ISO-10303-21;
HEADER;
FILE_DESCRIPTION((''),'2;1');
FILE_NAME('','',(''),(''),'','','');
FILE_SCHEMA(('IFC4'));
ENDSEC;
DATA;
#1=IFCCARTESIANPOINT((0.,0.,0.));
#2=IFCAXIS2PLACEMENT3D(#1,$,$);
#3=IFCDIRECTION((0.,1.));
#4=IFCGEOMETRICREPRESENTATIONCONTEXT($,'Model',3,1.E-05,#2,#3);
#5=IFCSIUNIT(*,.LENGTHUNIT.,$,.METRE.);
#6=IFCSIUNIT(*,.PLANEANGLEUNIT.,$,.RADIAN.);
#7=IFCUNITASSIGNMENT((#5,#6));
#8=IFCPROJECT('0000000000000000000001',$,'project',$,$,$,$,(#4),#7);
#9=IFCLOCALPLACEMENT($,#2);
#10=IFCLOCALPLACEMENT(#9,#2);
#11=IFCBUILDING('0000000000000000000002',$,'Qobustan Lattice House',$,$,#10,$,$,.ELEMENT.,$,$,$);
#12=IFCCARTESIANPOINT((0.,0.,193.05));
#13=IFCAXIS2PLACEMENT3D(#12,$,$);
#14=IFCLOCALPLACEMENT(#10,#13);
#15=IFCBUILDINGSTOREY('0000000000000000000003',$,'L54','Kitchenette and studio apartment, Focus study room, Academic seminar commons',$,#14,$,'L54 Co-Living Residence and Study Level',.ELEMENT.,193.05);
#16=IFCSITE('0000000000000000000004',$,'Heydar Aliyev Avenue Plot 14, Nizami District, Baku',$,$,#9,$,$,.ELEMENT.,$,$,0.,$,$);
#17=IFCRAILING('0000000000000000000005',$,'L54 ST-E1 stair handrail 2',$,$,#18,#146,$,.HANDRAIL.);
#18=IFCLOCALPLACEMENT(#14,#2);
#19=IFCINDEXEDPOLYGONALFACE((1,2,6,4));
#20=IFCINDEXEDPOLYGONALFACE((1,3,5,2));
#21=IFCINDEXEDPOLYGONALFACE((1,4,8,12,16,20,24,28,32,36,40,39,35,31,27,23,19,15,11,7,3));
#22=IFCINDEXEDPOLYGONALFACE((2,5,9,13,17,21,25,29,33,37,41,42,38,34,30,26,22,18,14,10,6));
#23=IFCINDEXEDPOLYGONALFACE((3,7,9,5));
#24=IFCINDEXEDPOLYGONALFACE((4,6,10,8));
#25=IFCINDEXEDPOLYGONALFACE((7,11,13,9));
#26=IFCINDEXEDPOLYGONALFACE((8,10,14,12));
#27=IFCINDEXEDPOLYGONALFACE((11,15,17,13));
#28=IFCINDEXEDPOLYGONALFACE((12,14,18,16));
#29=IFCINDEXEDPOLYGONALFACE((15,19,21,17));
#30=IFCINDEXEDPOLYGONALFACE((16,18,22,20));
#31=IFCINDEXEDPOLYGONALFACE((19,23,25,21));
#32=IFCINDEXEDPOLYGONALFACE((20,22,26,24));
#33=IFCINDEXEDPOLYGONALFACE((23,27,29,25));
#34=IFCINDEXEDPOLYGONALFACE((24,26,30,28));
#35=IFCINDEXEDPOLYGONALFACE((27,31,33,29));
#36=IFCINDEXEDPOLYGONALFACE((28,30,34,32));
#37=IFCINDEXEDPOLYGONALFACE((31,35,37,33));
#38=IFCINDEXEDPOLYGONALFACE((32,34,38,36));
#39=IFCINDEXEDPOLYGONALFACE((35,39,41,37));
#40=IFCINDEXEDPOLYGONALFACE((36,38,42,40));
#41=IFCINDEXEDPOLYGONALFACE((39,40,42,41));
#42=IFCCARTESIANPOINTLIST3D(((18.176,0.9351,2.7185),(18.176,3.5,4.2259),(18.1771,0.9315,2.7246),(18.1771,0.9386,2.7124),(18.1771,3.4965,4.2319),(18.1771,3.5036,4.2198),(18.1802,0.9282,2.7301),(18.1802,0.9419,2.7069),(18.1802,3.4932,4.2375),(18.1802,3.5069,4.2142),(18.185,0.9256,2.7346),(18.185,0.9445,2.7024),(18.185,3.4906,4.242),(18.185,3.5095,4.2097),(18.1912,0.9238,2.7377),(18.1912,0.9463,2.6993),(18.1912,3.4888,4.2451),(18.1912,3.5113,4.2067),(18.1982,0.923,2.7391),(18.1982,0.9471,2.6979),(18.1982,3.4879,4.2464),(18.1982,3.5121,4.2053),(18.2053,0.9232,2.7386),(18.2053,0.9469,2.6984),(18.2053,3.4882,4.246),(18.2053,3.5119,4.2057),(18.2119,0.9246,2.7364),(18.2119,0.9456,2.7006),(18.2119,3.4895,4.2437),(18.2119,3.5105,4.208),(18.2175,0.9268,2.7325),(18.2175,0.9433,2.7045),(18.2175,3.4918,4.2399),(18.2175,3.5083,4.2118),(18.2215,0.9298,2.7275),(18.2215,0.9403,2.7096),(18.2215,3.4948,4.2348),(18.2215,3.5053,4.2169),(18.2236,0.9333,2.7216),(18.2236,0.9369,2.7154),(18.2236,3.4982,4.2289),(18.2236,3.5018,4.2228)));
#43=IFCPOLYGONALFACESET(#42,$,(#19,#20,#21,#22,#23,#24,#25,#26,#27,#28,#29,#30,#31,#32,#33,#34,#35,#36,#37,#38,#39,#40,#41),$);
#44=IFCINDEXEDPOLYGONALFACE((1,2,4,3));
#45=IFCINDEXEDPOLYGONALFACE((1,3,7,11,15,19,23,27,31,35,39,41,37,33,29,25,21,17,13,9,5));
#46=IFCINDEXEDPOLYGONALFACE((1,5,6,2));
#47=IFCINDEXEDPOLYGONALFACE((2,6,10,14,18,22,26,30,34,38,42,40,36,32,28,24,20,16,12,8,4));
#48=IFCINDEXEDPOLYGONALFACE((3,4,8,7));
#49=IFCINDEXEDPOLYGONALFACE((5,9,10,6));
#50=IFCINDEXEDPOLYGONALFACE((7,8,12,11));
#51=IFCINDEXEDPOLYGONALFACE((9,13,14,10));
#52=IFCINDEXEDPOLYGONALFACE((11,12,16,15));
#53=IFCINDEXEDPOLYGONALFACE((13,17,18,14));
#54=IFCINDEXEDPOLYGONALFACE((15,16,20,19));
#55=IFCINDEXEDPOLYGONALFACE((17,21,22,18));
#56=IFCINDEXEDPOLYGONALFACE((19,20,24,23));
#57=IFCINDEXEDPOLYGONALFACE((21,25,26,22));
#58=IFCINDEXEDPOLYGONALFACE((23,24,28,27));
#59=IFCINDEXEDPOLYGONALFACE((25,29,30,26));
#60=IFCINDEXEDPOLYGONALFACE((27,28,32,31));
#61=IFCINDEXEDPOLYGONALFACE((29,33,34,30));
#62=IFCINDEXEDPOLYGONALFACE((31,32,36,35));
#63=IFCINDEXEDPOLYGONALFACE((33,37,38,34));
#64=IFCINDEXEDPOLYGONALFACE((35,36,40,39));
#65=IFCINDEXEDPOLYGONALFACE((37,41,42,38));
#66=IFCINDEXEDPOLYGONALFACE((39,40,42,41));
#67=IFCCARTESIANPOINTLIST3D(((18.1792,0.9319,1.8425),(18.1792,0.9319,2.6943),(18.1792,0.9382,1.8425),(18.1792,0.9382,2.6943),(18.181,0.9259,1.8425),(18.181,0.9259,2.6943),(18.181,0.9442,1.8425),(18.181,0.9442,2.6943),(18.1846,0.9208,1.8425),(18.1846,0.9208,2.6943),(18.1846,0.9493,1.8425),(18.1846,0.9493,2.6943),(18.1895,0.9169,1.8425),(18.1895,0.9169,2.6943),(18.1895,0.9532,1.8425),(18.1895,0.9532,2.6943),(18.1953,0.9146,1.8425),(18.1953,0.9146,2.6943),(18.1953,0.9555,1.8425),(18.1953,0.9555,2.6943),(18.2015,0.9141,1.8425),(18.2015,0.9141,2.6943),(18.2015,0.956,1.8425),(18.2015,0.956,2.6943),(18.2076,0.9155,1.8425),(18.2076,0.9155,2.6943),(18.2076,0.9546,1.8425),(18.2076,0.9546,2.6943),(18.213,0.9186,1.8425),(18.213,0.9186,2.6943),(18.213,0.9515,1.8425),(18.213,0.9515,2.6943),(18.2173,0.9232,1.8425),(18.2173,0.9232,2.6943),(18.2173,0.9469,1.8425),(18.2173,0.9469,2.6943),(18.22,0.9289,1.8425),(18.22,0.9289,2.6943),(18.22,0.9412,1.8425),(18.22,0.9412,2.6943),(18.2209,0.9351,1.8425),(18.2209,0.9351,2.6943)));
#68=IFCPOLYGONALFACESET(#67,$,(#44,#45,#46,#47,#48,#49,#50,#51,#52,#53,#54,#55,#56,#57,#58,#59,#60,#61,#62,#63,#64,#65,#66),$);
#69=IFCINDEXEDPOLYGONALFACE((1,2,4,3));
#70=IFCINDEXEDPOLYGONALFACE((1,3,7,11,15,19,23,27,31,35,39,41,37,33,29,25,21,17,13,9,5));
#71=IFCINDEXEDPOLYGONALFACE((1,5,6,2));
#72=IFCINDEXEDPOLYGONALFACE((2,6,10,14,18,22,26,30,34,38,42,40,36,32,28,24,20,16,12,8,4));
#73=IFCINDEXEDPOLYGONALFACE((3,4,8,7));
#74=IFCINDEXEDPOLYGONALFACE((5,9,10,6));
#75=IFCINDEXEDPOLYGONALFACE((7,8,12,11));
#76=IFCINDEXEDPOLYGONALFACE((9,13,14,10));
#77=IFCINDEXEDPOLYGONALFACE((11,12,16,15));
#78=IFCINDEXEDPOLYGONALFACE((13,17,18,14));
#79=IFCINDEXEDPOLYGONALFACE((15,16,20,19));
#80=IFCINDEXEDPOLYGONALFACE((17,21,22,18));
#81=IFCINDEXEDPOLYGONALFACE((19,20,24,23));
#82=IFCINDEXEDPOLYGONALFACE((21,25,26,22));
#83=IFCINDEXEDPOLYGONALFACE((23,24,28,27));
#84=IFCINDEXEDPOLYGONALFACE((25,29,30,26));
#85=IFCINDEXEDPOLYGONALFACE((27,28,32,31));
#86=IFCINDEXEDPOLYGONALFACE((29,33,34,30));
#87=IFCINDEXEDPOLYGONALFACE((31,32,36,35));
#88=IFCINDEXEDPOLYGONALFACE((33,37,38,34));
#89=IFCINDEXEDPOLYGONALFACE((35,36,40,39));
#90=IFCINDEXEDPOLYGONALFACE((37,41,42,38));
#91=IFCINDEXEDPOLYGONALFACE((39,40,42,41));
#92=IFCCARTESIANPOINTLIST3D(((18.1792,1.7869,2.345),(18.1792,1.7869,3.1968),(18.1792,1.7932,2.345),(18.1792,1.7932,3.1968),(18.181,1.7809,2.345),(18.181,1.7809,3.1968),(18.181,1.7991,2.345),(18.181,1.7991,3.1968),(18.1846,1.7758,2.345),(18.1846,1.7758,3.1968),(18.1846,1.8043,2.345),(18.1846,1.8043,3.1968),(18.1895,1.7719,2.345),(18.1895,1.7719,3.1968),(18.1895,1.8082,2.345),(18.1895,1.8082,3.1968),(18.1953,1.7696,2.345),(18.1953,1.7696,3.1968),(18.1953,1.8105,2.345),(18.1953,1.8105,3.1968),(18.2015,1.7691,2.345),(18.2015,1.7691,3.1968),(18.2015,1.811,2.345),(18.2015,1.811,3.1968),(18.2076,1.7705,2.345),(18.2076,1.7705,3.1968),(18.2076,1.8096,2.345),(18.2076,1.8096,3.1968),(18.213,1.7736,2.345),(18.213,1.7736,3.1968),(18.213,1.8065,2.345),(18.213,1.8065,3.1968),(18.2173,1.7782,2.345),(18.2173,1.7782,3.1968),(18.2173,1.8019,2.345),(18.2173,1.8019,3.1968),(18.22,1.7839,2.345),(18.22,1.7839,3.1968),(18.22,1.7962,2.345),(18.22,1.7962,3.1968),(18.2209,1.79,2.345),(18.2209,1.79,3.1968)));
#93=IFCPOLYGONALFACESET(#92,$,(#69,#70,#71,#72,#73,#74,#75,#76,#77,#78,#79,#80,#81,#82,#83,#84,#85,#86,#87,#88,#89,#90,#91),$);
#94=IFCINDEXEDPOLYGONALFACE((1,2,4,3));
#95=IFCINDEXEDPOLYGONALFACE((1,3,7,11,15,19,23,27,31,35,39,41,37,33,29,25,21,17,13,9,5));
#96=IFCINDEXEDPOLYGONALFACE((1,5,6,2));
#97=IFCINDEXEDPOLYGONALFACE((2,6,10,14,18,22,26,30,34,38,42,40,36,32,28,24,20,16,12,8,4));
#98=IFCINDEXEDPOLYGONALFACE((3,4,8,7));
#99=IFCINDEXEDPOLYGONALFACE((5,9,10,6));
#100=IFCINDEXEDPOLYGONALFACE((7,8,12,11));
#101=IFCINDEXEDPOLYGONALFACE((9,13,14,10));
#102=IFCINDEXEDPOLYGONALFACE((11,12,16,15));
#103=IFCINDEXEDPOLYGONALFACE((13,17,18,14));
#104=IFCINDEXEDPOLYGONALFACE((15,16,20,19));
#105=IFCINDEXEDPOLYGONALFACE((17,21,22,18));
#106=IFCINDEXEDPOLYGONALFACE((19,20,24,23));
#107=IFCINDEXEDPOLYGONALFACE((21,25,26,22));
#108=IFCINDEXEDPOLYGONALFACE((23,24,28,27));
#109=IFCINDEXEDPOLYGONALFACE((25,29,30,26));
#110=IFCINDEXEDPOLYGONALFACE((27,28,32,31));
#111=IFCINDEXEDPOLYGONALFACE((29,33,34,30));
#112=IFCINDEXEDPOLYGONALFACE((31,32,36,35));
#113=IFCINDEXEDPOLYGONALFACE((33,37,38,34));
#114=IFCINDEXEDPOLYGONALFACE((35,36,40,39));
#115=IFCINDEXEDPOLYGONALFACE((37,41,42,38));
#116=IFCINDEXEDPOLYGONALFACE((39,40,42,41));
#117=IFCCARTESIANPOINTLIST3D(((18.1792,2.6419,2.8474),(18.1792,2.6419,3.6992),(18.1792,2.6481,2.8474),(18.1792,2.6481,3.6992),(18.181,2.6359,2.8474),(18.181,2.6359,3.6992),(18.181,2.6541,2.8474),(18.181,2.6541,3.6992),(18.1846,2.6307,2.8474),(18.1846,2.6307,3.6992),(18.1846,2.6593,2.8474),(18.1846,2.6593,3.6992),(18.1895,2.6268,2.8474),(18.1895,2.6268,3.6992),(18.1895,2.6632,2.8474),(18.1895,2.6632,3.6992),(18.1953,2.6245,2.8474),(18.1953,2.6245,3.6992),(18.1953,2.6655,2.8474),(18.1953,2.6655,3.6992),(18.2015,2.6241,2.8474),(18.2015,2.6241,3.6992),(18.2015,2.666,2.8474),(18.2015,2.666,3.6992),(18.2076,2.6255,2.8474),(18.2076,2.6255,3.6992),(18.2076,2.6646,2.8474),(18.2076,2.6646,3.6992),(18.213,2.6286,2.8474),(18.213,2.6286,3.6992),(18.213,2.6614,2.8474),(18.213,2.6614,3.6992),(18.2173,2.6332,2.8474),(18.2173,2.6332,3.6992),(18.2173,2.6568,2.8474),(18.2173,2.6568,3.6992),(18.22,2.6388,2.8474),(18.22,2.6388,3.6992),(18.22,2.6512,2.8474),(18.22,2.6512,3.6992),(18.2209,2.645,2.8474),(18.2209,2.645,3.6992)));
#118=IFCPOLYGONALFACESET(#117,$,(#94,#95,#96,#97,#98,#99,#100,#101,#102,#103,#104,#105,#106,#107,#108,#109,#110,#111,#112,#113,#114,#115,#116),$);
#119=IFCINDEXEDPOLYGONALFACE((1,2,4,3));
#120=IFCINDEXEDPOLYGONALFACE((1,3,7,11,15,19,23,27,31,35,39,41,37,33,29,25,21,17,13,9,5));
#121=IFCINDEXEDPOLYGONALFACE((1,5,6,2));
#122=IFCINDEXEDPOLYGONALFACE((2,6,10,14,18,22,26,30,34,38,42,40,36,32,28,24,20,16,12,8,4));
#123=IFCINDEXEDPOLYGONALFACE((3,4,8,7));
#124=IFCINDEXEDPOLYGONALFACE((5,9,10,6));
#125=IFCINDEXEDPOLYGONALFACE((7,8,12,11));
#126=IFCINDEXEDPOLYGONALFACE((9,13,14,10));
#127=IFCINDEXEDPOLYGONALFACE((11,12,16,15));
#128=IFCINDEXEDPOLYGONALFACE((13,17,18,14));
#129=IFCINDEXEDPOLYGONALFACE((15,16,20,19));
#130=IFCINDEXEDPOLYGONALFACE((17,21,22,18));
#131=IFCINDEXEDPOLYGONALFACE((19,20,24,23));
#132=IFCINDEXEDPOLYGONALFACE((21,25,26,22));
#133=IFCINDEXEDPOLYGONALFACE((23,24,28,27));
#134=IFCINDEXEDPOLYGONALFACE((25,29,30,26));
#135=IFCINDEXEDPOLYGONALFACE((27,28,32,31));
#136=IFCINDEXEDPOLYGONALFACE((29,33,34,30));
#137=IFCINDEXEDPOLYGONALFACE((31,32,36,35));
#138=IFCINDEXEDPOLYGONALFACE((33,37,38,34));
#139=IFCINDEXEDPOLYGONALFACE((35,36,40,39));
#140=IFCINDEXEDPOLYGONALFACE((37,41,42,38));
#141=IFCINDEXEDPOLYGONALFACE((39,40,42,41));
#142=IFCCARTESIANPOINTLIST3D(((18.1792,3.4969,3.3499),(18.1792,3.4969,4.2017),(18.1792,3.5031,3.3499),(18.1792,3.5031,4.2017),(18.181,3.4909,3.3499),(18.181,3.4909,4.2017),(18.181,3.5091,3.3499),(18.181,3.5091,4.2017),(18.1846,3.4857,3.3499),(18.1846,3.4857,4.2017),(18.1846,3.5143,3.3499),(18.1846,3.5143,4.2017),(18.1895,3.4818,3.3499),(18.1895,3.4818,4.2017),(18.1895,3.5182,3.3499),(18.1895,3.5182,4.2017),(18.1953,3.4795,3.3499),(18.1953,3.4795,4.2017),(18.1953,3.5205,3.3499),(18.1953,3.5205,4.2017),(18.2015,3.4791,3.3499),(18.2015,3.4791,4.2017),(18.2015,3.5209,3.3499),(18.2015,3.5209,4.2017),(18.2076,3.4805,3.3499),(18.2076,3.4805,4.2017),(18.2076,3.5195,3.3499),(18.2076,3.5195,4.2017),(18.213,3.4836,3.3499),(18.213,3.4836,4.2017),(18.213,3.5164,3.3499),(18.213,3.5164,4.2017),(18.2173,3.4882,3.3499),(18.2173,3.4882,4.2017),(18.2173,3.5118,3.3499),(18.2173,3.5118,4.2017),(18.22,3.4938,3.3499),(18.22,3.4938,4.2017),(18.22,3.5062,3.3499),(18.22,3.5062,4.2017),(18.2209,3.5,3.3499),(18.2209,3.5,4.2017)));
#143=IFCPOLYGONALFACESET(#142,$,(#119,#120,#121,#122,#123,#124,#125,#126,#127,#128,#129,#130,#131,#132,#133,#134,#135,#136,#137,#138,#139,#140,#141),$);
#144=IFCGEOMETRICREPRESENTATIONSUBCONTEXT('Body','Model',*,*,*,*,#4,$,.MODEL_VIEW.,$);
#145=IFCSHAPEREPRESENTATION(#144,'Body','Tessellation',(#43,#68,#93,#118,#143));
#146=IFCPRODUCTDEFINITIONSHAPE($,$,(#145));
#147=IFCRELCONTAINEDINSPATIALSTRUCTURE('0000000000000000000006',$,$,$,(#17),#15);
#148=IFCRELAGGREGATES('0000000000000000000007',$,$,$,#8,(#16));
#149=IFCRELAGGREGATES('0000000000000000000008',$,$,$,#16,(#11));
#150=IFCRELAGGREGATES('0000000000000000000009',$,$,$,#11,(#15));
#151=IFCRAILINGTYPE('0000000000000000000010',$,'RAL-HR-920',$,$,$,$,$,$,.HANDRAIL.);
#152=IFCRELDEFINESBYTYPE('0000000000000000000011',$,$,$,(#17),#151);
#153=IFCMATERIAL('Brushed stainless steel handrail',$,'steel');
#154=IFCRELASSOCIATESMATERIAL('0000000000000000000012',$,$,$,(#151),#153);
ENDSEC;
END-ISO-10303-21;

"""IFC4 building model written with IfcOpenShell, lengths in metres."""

from ifc_helpers import new_model, si_unit, direction, frame, origin, origin_2d, place, context, subcontext, project, spatial, circle, extrude, material, type_object, element, save


model = new_model("IFC4")

# Units and contexts
model_context = context("Model", 3, precision=1e-05, world=origin(), true_north=direction((0.0, 1.0)))
body_context = subcontext(model_context, "Body", "Model", "MODEL_VIEW")
ifc_project = project(units=[si_unit("LENGTHUNIT", "METRE"), si_unit("PLANEANGLEUNIT", "RADIAN")], contexts=[model_context])

# Site, building, storey
site_placement = place(None, origin())
site = spatial("IfcSite", under=ifc_project, at=site_placement, Name="Heydar Aliyev Avenue Plot 14, Nizami District, Baku", CompositionType="ELEMENT", RefElevation=0.0)
building_placement = place(site_placement, origin())
building = spatial("IfcBuilding", under=site, at=building_placement, Name="Qobustan Lattice House", CompositionType="ELEMENT")
storey_placement = place(building_placement, frame((0.0, 0.0, 193.05)))
storey = spatial("IfcBuildingStorey", under=building, at=storey_placement, Name="L54", Description="Kitchenette and studio apartment, Focus study room, Academic seminar commons", LongName="L54 Co-Living Residence and Study Level", CompositionType="ELEMENT", Elevation=193.05)

# Railing
ifc_material_1 = material(Name="Brushed stainless steel handrail", Category="steel")
railing_type_1 = type_object("IfcRailingType", Name="RAL-HR-920", PredefinedType="HANDRAIL", material=ifc_material_1)
railing_1_placement = place(storey_placement, frame((18.2, 0.9351, 1.8425)))
element("IfcRailing", 1, at=railing_1_placement, inside=storey, type_object=railing_type_1, Name="L54 ST-E1 stair handrail 2", PredefinedType="HANDRAIL", context=body_context, shape_type="SweptSolid", body=[
    extrude(circle(Radius=0.0239, at=origin_2d()), frame((0.0, 0.0, 0.876), z_axis=(0.0, 0.862149, 0.506654), x_axis=(-1.0, 0.0, 0.0)), (0.0, 0.0, 1.0), 2.9751),
    extrude(circle(Radius=0.021, at=origin_2d()), origin(), (0.0, 0.0, 1.0), 0.8518),
    extrude(circle(Radius=0.021, at=origin_2d()), frame((0.0, 0.855, 0.5024)), (0.0, 0.0, 1.0), 0.8518),
    extrude(circle(Radius=0.021, at=origin_2d()), frame((0.0, 1.71, 1.0049)), (0.0, 0.0, 1.0), 0.8518),
    extrude(circle(Radius=0.021, at=origin_2d()), frame((0.0, 2.5649, 1.5073)), (0.0, 0.0, 1.0), 0.8518),
])

save(model, "model.ifc")
